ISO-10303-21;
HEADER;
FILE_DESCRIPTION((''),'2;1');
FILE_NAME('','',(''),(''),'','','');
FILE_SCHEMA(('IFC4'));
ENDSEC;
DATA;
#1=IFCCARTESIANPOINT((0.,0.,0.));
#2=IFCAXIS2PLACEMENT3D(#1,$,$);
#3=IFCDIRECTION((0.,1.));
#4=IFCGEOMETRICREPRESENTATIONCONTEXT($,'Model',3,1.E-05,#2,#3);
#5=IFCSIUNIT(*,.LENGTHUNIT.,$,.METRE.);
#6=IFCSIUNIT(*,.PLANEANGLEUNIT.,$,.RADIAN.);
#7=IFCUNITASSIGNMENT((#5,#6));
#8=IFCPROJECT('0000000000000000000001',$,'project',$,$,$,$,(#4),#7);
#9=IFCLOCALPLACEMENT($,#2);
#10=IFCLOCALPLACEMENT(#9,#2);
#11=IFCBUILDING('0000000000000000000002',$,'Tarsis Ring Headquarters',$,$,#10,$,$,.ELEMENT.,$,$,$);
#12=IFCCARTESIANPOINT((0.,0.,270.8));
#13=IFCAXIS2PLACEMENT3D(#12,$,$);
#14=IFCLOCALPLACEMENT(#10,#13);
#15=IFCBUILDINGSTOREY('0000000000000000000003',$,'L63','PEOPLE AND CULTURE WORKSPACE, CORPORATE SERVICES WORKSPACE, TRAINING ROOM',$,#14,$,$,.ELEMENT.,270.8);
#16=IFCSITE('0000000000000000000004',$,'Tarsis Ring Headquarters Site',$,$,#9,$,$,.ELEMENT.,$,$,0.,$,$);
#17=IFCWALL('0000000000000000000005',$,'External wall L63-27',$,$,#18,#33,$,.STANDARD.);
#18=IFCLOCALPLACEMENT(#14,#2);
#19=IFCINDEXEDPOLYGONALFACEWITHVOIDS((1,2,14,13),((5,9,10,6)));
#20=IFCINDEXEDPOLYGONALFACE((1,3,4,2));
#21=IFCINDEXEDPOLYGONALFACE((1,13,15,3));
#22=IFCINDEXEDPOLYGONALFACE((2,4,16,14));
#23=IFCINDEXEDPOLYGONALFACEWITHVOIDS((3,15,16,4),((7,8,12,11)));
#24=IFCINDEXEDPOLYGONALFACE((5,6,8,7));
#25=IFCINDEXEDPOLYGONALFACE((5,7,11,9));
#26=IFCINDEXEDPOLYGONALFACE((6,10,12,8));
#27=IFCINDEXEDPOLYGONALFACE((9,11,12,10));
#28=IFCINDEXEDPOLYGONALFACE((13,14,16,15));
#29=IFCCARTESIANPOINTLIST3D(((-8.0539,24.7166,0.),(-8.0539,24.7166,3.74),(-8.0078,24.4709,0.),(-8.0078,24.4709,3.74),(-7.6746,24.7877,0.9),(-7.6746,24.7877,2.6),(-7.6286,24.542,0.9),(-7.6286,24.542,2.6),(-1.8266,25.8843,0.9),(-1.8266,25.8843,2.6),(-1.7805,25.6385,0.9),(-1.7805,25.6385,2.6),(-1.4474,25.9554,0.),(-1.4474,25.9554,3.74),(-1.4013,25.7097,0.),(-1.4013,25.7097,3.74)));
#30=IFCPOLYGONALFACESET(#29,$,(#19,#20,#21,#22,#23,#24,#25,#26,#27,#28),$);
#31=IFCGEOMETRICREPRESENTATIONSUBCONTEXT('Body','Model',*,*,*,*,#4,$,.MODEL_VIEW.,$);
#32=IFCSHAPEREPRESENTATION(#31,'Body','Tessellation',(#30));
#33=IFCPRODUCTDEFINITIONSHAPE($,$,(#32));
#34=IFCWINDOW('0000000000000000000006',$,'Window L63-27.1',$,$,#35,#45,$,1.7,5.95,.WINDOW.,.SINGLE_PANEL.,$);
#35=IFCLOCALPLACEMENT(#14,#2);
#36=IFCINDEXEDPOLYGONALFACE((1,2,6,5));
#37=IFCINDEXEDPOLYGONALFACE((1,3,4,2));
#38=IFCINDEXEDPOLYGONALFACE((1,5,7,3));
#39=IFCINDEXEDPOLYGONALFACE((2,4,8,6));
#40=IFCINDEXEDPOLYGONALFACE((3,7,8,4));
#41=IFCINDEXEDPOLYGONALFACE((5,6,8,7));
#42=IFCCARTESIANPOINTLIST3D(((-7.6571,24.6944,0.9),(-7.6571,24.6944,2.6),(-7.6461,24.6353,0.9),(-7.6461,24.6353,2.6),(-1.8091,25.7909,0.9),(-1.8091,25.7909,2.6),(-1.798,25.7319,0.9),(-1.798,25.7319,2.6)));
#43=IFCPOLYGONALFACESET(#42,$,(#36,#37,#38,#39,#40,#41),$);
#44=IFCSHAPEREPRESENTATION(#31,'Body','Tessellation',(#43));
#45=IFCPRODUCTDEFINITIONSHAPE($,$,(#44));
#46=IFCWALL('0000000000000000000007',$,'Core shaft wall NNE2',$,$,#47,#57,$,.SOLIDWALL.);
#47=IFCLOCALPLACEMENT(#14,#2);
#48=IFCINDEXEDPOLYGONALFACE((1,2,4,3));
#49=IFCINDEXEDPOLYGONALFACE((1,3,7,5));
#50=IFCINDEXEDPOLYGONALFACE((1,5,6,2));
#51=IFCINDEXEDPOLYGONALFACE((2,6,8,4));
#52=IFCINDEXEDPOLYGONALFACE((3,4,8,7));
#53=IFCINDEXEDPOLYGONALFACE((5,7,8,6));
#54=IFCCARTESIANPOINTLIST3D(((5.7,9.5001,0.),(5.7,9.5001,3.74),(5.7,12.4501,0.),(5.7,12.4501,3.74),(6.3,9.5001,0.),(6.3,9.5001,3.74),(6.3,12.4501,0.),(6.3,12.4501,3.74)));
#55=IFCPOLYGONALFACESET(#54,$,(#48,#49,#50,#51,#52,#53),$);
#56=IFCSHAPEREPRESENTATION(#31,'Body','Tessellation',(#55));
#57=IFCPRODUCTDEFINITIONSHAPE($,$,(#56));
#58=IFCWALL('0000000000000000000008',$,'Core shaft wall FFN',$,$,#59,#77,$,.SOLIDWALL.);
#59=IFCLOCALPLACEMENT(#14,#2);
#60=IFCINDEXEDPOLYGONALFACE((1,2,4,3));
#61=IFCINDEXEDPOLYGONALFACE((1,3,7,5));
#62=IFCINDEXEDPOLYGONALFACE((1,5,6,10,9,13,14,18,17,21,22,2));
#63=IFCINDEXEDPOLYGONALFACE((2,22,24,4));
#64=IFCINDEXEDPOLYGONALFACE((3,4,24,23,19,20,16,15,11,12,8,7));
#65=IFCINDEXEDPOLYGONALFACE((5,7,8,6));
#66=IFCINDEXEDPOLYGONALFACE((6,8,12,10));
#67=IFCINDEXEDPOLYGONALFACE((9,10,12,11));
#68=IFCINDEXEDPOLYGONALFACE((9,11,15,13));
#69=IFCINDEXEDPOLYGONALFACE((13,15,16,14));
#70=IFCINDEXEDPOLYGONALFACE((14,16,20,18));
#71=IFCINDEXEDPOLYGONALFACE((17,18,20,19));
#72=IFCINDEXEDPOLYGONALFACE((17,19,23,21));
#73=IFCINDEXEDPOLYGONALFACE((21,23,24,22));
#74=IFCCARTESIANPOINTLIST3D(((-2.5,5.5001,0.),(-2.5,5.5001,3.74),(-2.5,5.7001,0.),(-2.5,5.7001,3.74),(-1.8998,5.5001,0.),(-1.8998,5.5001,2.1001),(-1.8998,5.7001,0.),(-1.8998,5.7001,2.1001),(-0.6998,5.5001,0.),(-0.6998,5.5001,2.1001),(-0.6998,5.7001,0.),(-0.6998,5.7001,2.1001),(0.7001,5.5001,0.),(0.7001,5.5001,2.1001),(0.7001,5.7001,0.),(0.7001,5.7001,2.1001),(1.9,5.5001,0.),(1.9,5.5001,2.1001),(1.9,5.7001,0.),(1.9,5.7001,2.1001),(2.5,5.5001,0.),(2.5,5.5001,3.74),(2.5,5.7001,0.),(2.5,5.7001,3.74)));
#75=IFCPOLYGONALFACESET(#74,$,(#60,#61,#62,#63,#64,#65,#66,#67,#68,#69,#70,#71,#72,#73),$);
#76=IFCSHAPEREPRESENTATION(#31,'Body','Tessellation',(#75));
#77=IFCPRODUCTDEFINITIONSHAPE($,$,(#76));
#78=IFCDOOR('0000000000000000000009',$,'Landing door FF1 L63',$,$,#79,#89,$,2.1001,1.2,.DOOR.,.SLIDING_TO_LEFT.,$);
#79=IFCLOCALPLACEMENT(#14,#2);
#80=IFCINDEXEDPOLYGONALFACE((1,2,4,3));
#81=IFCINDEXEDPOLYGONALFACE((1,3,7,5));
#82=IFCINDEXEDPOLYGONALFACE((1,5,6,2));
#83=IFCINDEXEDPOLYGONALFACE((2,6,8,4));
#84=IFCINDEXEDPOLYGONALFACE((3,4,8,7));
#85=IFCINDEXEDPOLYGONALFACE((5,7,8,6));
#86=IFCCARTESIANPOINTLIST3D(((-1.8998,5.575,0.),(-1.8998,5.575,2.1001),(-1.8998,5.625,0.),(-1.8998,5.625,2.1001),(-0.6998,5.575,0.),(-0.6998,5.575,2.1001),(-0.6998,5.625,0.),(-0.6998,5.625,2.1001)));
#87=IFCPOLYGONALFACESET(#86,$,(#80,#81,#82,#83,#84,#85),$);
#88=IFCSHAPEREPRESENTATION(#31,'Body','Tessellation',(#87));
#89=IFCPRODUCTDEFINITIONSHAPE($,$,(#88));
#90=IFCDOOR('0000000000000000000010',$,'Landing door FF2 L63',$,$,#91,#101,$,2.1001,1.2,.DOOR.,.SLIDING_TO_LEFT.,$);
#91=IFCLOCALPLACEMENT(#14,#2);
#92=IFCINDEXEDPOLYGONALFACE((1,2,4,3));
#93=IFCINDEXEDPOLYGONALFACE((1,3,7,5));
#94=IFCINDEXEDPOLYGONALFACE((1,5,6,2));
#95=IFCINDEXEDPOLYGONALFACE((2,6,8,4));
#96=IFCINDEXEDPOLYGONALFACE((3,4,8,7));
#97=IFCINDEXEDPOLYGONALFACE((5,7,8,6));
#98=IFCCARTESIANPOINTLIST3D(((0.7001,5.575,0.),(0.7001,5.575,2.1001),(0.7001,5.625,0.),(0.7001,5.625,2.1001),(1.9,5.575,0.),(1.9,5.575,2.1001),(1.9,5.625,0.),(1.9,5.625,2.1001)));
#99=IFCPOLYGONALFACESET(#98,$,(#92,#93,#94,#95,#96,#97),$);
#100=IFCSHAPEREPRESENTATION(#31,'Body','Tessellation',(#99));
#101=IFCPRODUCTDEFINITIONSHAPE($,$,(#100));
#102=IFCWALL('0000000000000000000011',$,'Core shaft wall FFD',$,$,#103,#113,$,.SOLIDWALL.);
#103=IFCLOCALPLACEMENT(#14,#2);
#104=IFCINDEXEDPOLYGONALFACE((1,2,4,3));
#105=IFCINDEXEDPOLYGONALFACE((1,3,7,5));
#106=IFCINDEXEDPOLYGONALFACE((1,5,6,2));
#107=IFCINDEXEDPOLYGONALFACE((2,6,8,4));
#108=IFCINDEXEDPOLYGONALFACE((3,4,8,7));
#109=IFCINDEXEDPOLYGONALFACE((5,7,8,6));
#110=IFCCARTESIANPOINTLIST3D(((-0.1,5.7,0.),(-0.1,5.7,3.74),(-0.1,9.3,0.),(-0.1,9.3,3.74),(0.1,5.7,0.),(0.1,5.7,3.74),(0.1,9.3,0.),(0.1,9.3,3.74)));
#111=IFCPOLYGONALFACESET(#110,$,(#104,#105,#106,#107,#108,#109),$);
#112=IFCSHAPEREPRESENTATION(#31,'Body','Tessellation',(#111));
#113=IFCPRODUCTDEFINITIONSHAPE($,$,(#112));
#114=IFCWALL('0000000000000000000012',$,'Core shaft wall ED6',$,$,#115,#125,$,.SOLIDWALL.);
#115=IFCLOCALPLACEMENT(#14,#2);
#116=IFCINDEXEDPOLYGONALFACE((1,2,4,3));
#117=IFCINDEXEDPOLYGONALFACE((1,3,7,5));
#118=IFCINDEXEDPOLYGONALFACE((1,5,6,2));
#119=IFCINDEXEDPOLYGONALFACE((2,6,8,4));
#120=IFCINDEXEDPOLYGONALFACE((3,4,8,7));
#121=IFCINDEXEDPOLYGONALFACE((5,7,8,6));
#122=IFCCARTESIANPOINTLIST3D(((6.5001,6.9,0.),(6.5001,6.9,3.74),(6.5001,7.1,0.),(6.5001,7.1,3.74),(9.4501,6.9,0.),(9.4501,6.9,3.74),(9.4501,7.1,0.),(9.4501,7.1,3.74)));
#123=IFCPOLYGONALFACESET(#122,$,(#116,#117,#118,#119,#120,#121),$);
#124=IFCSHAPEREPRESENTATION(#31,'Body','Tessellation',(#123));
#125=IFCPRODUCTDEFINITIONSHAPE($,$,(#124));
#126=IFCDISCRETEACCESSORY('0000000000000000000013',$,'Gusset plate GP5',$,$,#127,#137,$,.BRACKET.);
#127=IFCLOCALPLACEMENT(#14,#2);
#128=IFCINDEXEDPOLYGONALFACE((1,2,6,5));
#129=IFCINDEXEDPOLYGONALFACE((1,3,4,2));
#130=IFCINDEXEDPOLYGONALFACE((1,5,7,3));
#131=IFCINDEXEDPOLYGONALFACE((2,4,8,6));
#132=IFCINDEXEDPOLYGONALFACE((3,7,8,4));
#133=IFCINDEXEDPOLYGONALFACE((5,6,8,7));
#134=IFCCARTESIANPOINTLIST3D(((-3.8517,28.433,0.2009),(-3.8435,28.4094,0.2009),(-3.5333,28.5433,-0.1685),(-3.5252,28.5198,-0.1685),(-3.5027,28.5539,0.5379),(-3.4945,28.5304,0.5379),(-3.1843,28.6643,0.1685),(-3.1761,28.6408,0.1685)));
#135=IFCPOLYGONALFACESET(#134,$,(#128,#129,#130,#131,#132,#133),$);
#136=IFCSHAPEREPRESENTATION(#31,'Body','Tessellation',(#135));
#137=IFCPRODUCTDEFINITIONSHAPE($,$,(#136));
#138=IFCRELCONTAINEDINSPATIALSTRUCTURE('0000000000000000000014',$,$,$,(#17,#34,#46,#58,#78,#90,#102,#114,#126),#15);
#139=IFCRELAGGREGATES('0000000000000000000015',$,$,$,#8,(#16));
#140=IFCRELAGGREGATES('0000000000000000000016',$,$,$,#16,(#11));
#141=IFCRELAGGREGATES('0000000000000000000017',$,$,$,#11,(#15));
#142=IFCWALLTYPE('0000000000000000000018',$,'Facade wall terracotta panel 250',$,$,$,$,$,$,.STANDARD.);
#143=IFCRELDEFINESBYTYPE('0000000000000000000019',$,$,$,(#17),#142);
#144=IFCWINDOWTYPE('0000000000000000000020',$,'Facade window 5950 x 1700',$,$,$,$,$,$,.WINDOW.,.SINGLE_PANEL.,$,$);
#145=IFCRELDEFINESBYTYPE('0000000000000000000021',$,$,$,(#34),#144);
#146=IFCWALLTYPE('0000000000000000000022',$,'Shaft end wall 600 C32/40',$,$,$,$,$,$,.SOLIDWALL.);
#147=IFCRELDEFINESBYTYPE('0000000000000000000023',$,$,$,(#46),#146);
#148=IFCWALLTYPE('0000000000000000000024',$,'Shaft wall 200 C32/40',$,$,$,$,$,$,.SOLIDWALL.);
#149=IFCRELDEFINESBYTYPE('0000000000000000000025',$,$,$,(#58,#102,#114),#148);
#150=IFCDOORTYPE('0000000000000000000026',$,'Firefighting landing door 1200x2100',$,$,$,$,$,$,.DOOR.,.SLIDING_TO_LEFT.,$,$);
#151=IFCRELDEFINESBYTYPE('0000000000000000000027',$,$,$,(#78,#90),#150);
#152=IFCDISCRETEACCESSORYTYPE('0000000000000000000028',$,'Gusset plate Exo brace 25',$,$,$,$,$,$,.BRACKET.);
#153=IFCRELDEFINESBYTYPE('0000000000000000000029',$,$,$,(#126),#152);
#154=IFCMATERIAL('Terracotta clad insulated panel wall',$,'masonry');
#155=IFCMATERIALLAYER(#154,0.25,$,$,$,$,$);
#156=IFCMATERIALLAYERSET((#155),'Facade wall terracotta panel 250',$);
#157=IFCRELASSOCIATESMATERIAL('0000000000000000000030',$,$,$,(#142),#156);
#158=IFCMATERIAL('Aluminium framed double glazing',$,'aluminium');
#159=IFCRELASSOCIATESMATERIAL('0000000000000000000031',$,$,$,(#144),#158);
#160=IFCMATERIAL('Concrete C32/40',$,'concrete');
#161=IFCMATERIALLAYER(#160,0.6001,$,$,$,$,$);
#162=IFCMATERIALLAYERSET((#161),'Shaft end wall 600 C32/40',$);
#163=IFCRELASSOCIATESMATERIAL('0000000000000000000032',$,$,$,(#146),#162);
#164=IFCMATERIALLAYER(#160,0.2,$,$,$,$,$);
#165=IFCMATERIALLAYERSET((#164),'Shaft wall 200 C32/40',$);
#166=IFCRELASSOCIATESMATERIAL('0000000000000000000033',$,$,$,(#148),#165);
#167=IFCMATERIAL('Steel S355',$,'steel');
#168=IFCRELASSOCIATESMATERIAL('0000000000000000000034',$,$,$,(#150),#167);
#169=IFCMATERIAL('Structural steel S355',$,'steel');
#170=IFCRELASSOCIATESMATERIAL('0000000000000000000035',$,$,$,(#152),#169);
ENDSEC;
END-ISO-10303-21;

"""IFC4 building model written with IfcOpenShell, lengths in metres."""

from ifc_helpers import new_model, si_unit, direction, frame, frame_2d, origin, origin_2d, place, context, subcontext, project, spatial, rectangle, extrude, material, layer, layer_set, material_profile, profile_set, type_object, element, fill, save


model = new_model("IFC4")

# Units and contexts
model_context = context("Model", 3, precision=1e-05, world=origin(), true_north=direction((0.0, 1.0)))
body_context = subcontext(model_context, "Body", "Model", "MODEL_VIEW")
ifc_project = project(units=[si_unit("LENGTHUNIT", "METRE"), si_unit("PLANEANGLEUNIT", "RADIAN")], contexts=[model_context])

# Site, building, storey
site_placement = place(None, origin())
site = spatial("IfcSite", under=ifc_project, at=site_placement, Name="Tarsis Ring Headquarters Site", CompositionType="ELEMENT", RefElevation=0.0)
building_placement = place(site_placement, origin())
building = spatial("IfcBuilding", under=site, at=building_placement, Name="Tarsis Ring Headquarters", CompositionType="ELEMENT")
storey_placement = place(building_placement, frame((0.0, 0.0, 270.8)))
storey = spatial("IfcBuildingStorey", under=building, at=storey_placement, Name="L63", Description="PEOPLE AND CULTURE WORKSPACE, CORPORATE SERVICES WORKSPACE, TRAINING ROOM", CompositionType="ELEMENT", Elevation=270.8)

# Shared definitions
ifc_material_1 = material(Name="Structural steel S355", Category="steel")

# Wall, opening, window
ifc_material_2 = material(Name="Terracotta clad insulated panel wall", Category="masonry")
ifc_layer_1 = layer(ifc_material_2, 0.25)
ifc_layer_set_1 = layer_set([ifc_layer_1], Name="Facade wall terracotta panel 250")
wall_type_1 = type_object("IfcWallType", Name="Facade wall terracotta panel 250", PredefinedType="STANDARD", material=ifc_layer_set_1)
ifc_material_3 = material(Name="Aluminium framed double glazing", Category="aluminium")
window_type = type_object("IfcWindowType", Name="Facade window 5950 x 1700", PartitioningType="SINGLE_PANEL", PredefinedType="WINDOW", material=ifc_material_3)
wall_1_placement = place(storey_placement, frame((-1.4243, 25.8325, 0.0), z_axis=(0.0, 0.0, 1.0), x_axis=(-0.982871, -0.184297, 0.0)))
wall_1 = element("IfcWall", 1, at=wall_1_placement, inside=storey, type_object=wall_type_1, Name="External wall L63-27", PredefinedType="STANDARD", context=body_context, shape_type="SweptSolid", body=[
    extrude(rectangle(XDim=6.7217, YDim=0.25, at=frame_2d((3.3608, 0.0))), origin(), (0.0, 0.0, 1.0), 3.74),
])
opening_1_placement = place(wall_1_placement, frame((0.3857, 0.0, 0.8999)))
opening_1 = element("IfcOpeningElement", 2, at=opening_1_placement, cuts=wall_1, PredefinedType="OPENING", context=body_context, shape_type="SweptSolid", body=[
    extrude(rectangle(XDim=5.95, YDim=1.7, at=frame_2d((2.9751, 0.8501))), frame((0.0, 0.135, 0.0), z_axis=(0.0, -1.0, 0.0), x_axis=(1.0, 0.0, 0.0)), (0.0, 0.0, 1.0), 0.27),
])
window_1_placement = place(opening_1_placement, origin())
window_1 = element("IfcWindow", 3, at=window_1_placement, inside=storey, type_object=window_type, Name="Window L63-27.1", OverallHeight=1.7, OverallWidth=5.95, PartitioningType="SINGLE_PANEL", PredefinedType="WINDOW", context=body_context, shape_type="SweptSolid", body=[
    extrude(rectangle(XDim=5.95, YDim=1.7, at=frame_2d((2.9751, 0.8501))), frame((0.0, 0.03, 0.0), z_axis=(0.0, -1.0, 0.0), x_axis=(1.0, 0.0, 0.0)), (0.0, 0.0, 1.0), 0.0601),
])
fill(opening_1, window_1)

# Wall
ifc_material_4 = material(Name="Concrete C32/40", Category="concrete")
ifc_layer_2 = layer(ifc_material_4, 0.6001)
ifc_layer_set_2 = layer_set([ifc_layer_2], Name="Shaft end wall 600 C32/40")
wall_type_2 = type_object("IfcWallType", Name="Shaft end wall 600 C32/40", PredefinedType="SOLIDWALL", material=ifc_layer_set_2)
wall_2_placement = place(storey_placement, frame((6.0, 9.5, 0.0), z_axis=(0.0, 0.0, 1.0), x_axis=(0.0, 1.0, 0.0)))
element("IfcWall", 4, at=wall_2_placement, inside=storey, type_object=wall_type_2, Name="Core shaft wall NNE2", PredefinedType="SOLIDWALL", context=body_context, shape_type="SweptSolid", body=[
    extrude(rectangle(XDim=2.95, YDim=0.6001, at=frame_2d((1.4751, 0.0))), origin(), (0.0, 0.0, 1.0), 3.74),
])

# Wall, openings, doors
ifc_layer_3 = layer(ifc_material_4, 0.2)
ifc_layer_set_3 = layer_set([ifc_layer_3], Name="Shaft wall 200 C32/40")
wall_type_3 = type_object("IfcWallType", Name="Shaft wall 200 C32/40", PredefinedType="SOLIDWALL", material=ifc_layer_set_3)
wall_3_placement = place(storey_placement, frame((-2.5, 5.6001, 0.0), z_axis=(0.0, 0.0, 1.0), x_axis=(1.0, 0.0, 0.0)))
wall_3 = element("IfcWall", 5, at=wall_3_placement, inside=storey, type_object=wall_type_3, Name="Core shaft wall FFN", PredefinedType="SOLIDWALL", context=body_context, shape_type="SweptSolid", body=[
    extrude(rectangle(XDim=5.0, YDim=0.2, at=frame_2d((2.5, 0.0))), origin(), (0.0, 0.0, 1.0), 3.74),
])
opening_2_placement = place(wall_3_placement, frame((0.6001, 0.0, 0.0)))
opening_2 = element("IfcOpeningElement", 6, at=opening_2_placement, cuts=wall_3, PredefinedType="OPENING", context=body_context, shape_type="SweptSolid", body=[
    extrude(rectangle(XDim=1.2, YDim=2.1001, at=frame_2d((0.6001, 1.05))), frame((0.0, 0.1099, 0.0), z_axis=(0.0, -1.0, 0.0), x_axis=(1.0, 0.0, 0.0)), (0.0, 0.0, 1.0), 0.22),
])
opening_3_placement = place(wall_3_placement, frame((3.2, 0.0, 0.0)))
opening_3 = element("IfcOpeningElement", 7, at=opening_3_placement, cuts=wall_3, PredefinedType="OPENING", context=body_context, shape_type="SweptSolid", body=[
    extrude(rectangle(XDim=1.2, YDim=2.1001, at=frame_2d((0.6001, 1.05))), frame((0.0, 0.1099, 0.0), z_axis=(0.0, -1.0, 0.0), x_axis=(1.0, 0.0, 0.0)), (0.0, 0.0, 1.0), 0.22),
])
ifc_material_5 = material(Name="Steel S355", Category="steel")
door_type = type_object("IfcDoorType", Name="Firefighting landing door 1200x2100", OperationType="SLIDING_TO_LEFT", PredefinedType="DOOR", material=ifc_material_5)
door_1_placement = place(opening_2_placement, origin())
door_1 = element("IfcDoor", 8, at=door_1_placement, inside=storey, type_object=door_type, Name="Landing door FF1 L63", OperationType="SLIDING_TO_LEFT", OverallHeight=2.1001, OverallWidth=1.2, PredefinedType="DOOR", context=body_context, shape_type="SweptSolid", body=[
    extrude(rectangle(XDim=1.2, YDim=2.1001, at=frame_2d((0.6001, 1.05))), frame((0.0, 0.0249, 0.0), z_axis=(0.0, -1.0, 0.0), x_axis=(1.0, 0.0, 0.0)), (0.0, 0.0, 1.0), 0.05),
])
fill(opening_2, door_1)
door_2_placement = place(opening_3_placement, origin())
door_2 = element("IfcDoor", 9, at=door_2_placement, inside=storey, type_object=door_type, Name="Landing door FF2 L63", OperationType="SLIDING_TO_LEFT", OverallHeight=2.1001, OverallWidth=1.2, PredefinedType="DOOR", context=body_context, shape_type="SweptSolid", body=[
    extrude(rectangle(XDim=1.2, YDim=2.1001, at=frame_2d((0.6001, 1.05))), frame((0.0, 0.0249, 0.0), z_axis=(0.0, -1.0, 0.0), x_axis=(1.0, 0.0, 0.0)), (0.0, 0.0, 1.0), 0.05),
])
fill(opening_3, door_2)

# Walls
wall_4_placement = place(storey_placement, frame((0.0, 5.7, 0.0), z_axis=(0.0, 0.0, 1.0), x_axis=(0.0, 1.0, 0.0)))
element("IfcWall", 10, at=wall_4_placement, inside=storey, type_object=wall_type_3, Name="Core shaft wall FFD", PredefinedType="SOLIDWALL", context=body_context, shape_type="SweptSolid", body=[
    extrude(rectangle(XDim=3.6001, YDim=0.2, at=frame_2d((1.8, 0.0))), origin(), (0.0, 0.0, 1.0), 3.74),
])
wall_5_placement = place(storey_placement, frame((6.5, 7.0, 0.0), z_axis=(0.0, 0.0, 1.0), x_axis=(1.0, 0.0, 0.0)))
element("IfcWall", 11, at=wall_5_placement, inside=storey, type_object=wall_type_3, Name="Core shaft wall ED6", PredefinedType="SOLIDWALL", context=body_context, shape_type="SweptSolid", body=[
    extrude(rectangle(XDim=2.95, YDim=0.2, at=frame_2d((1.4751, 0.0))), origin(), (0.0, 0.0, 1.0), 3.74),
])

# Discrete accessory
ifc_material_profile_1 = material_profile(ifc_material_1, rectangle(XDim=0.0249, YDim=0.5, at=origin_2d()), Name="PL 25x500")
ifc_profile_set_1 = profile_set([ifc_material_profile_1], Name="Structural steel S355")
discrete_accessory_type = type_object("IfcDiscreteAccessoryType", Name="Gusset plate Exo brace 25", PredefinedType="BRACKET", material=ifc_profile_set_1)
discrete_accessory_placement = place(storey_placement, frame((-3.3547, 28.592, 0.0), z_axis=(-0.63675, -0.220714, 0.738806), x_axis=(0.327509, -0.944848, 0.0)))
element("IfcDiscreteAccessory", 12, at=discrete_accessory_placement, inside=storey, type_object=discrete_accessory_type, Name="Gusset plate GP5", PredefinedType="BRACKET", context=body_context, shape_type="SweptSolid", body=[
    extrude(rectangle(XDim=0.0249, YDim=0.5, at=origin_2d()), origin(), (0.0, 0.0, 1.0), 0.5),
])

save(model, "model.ifc")
